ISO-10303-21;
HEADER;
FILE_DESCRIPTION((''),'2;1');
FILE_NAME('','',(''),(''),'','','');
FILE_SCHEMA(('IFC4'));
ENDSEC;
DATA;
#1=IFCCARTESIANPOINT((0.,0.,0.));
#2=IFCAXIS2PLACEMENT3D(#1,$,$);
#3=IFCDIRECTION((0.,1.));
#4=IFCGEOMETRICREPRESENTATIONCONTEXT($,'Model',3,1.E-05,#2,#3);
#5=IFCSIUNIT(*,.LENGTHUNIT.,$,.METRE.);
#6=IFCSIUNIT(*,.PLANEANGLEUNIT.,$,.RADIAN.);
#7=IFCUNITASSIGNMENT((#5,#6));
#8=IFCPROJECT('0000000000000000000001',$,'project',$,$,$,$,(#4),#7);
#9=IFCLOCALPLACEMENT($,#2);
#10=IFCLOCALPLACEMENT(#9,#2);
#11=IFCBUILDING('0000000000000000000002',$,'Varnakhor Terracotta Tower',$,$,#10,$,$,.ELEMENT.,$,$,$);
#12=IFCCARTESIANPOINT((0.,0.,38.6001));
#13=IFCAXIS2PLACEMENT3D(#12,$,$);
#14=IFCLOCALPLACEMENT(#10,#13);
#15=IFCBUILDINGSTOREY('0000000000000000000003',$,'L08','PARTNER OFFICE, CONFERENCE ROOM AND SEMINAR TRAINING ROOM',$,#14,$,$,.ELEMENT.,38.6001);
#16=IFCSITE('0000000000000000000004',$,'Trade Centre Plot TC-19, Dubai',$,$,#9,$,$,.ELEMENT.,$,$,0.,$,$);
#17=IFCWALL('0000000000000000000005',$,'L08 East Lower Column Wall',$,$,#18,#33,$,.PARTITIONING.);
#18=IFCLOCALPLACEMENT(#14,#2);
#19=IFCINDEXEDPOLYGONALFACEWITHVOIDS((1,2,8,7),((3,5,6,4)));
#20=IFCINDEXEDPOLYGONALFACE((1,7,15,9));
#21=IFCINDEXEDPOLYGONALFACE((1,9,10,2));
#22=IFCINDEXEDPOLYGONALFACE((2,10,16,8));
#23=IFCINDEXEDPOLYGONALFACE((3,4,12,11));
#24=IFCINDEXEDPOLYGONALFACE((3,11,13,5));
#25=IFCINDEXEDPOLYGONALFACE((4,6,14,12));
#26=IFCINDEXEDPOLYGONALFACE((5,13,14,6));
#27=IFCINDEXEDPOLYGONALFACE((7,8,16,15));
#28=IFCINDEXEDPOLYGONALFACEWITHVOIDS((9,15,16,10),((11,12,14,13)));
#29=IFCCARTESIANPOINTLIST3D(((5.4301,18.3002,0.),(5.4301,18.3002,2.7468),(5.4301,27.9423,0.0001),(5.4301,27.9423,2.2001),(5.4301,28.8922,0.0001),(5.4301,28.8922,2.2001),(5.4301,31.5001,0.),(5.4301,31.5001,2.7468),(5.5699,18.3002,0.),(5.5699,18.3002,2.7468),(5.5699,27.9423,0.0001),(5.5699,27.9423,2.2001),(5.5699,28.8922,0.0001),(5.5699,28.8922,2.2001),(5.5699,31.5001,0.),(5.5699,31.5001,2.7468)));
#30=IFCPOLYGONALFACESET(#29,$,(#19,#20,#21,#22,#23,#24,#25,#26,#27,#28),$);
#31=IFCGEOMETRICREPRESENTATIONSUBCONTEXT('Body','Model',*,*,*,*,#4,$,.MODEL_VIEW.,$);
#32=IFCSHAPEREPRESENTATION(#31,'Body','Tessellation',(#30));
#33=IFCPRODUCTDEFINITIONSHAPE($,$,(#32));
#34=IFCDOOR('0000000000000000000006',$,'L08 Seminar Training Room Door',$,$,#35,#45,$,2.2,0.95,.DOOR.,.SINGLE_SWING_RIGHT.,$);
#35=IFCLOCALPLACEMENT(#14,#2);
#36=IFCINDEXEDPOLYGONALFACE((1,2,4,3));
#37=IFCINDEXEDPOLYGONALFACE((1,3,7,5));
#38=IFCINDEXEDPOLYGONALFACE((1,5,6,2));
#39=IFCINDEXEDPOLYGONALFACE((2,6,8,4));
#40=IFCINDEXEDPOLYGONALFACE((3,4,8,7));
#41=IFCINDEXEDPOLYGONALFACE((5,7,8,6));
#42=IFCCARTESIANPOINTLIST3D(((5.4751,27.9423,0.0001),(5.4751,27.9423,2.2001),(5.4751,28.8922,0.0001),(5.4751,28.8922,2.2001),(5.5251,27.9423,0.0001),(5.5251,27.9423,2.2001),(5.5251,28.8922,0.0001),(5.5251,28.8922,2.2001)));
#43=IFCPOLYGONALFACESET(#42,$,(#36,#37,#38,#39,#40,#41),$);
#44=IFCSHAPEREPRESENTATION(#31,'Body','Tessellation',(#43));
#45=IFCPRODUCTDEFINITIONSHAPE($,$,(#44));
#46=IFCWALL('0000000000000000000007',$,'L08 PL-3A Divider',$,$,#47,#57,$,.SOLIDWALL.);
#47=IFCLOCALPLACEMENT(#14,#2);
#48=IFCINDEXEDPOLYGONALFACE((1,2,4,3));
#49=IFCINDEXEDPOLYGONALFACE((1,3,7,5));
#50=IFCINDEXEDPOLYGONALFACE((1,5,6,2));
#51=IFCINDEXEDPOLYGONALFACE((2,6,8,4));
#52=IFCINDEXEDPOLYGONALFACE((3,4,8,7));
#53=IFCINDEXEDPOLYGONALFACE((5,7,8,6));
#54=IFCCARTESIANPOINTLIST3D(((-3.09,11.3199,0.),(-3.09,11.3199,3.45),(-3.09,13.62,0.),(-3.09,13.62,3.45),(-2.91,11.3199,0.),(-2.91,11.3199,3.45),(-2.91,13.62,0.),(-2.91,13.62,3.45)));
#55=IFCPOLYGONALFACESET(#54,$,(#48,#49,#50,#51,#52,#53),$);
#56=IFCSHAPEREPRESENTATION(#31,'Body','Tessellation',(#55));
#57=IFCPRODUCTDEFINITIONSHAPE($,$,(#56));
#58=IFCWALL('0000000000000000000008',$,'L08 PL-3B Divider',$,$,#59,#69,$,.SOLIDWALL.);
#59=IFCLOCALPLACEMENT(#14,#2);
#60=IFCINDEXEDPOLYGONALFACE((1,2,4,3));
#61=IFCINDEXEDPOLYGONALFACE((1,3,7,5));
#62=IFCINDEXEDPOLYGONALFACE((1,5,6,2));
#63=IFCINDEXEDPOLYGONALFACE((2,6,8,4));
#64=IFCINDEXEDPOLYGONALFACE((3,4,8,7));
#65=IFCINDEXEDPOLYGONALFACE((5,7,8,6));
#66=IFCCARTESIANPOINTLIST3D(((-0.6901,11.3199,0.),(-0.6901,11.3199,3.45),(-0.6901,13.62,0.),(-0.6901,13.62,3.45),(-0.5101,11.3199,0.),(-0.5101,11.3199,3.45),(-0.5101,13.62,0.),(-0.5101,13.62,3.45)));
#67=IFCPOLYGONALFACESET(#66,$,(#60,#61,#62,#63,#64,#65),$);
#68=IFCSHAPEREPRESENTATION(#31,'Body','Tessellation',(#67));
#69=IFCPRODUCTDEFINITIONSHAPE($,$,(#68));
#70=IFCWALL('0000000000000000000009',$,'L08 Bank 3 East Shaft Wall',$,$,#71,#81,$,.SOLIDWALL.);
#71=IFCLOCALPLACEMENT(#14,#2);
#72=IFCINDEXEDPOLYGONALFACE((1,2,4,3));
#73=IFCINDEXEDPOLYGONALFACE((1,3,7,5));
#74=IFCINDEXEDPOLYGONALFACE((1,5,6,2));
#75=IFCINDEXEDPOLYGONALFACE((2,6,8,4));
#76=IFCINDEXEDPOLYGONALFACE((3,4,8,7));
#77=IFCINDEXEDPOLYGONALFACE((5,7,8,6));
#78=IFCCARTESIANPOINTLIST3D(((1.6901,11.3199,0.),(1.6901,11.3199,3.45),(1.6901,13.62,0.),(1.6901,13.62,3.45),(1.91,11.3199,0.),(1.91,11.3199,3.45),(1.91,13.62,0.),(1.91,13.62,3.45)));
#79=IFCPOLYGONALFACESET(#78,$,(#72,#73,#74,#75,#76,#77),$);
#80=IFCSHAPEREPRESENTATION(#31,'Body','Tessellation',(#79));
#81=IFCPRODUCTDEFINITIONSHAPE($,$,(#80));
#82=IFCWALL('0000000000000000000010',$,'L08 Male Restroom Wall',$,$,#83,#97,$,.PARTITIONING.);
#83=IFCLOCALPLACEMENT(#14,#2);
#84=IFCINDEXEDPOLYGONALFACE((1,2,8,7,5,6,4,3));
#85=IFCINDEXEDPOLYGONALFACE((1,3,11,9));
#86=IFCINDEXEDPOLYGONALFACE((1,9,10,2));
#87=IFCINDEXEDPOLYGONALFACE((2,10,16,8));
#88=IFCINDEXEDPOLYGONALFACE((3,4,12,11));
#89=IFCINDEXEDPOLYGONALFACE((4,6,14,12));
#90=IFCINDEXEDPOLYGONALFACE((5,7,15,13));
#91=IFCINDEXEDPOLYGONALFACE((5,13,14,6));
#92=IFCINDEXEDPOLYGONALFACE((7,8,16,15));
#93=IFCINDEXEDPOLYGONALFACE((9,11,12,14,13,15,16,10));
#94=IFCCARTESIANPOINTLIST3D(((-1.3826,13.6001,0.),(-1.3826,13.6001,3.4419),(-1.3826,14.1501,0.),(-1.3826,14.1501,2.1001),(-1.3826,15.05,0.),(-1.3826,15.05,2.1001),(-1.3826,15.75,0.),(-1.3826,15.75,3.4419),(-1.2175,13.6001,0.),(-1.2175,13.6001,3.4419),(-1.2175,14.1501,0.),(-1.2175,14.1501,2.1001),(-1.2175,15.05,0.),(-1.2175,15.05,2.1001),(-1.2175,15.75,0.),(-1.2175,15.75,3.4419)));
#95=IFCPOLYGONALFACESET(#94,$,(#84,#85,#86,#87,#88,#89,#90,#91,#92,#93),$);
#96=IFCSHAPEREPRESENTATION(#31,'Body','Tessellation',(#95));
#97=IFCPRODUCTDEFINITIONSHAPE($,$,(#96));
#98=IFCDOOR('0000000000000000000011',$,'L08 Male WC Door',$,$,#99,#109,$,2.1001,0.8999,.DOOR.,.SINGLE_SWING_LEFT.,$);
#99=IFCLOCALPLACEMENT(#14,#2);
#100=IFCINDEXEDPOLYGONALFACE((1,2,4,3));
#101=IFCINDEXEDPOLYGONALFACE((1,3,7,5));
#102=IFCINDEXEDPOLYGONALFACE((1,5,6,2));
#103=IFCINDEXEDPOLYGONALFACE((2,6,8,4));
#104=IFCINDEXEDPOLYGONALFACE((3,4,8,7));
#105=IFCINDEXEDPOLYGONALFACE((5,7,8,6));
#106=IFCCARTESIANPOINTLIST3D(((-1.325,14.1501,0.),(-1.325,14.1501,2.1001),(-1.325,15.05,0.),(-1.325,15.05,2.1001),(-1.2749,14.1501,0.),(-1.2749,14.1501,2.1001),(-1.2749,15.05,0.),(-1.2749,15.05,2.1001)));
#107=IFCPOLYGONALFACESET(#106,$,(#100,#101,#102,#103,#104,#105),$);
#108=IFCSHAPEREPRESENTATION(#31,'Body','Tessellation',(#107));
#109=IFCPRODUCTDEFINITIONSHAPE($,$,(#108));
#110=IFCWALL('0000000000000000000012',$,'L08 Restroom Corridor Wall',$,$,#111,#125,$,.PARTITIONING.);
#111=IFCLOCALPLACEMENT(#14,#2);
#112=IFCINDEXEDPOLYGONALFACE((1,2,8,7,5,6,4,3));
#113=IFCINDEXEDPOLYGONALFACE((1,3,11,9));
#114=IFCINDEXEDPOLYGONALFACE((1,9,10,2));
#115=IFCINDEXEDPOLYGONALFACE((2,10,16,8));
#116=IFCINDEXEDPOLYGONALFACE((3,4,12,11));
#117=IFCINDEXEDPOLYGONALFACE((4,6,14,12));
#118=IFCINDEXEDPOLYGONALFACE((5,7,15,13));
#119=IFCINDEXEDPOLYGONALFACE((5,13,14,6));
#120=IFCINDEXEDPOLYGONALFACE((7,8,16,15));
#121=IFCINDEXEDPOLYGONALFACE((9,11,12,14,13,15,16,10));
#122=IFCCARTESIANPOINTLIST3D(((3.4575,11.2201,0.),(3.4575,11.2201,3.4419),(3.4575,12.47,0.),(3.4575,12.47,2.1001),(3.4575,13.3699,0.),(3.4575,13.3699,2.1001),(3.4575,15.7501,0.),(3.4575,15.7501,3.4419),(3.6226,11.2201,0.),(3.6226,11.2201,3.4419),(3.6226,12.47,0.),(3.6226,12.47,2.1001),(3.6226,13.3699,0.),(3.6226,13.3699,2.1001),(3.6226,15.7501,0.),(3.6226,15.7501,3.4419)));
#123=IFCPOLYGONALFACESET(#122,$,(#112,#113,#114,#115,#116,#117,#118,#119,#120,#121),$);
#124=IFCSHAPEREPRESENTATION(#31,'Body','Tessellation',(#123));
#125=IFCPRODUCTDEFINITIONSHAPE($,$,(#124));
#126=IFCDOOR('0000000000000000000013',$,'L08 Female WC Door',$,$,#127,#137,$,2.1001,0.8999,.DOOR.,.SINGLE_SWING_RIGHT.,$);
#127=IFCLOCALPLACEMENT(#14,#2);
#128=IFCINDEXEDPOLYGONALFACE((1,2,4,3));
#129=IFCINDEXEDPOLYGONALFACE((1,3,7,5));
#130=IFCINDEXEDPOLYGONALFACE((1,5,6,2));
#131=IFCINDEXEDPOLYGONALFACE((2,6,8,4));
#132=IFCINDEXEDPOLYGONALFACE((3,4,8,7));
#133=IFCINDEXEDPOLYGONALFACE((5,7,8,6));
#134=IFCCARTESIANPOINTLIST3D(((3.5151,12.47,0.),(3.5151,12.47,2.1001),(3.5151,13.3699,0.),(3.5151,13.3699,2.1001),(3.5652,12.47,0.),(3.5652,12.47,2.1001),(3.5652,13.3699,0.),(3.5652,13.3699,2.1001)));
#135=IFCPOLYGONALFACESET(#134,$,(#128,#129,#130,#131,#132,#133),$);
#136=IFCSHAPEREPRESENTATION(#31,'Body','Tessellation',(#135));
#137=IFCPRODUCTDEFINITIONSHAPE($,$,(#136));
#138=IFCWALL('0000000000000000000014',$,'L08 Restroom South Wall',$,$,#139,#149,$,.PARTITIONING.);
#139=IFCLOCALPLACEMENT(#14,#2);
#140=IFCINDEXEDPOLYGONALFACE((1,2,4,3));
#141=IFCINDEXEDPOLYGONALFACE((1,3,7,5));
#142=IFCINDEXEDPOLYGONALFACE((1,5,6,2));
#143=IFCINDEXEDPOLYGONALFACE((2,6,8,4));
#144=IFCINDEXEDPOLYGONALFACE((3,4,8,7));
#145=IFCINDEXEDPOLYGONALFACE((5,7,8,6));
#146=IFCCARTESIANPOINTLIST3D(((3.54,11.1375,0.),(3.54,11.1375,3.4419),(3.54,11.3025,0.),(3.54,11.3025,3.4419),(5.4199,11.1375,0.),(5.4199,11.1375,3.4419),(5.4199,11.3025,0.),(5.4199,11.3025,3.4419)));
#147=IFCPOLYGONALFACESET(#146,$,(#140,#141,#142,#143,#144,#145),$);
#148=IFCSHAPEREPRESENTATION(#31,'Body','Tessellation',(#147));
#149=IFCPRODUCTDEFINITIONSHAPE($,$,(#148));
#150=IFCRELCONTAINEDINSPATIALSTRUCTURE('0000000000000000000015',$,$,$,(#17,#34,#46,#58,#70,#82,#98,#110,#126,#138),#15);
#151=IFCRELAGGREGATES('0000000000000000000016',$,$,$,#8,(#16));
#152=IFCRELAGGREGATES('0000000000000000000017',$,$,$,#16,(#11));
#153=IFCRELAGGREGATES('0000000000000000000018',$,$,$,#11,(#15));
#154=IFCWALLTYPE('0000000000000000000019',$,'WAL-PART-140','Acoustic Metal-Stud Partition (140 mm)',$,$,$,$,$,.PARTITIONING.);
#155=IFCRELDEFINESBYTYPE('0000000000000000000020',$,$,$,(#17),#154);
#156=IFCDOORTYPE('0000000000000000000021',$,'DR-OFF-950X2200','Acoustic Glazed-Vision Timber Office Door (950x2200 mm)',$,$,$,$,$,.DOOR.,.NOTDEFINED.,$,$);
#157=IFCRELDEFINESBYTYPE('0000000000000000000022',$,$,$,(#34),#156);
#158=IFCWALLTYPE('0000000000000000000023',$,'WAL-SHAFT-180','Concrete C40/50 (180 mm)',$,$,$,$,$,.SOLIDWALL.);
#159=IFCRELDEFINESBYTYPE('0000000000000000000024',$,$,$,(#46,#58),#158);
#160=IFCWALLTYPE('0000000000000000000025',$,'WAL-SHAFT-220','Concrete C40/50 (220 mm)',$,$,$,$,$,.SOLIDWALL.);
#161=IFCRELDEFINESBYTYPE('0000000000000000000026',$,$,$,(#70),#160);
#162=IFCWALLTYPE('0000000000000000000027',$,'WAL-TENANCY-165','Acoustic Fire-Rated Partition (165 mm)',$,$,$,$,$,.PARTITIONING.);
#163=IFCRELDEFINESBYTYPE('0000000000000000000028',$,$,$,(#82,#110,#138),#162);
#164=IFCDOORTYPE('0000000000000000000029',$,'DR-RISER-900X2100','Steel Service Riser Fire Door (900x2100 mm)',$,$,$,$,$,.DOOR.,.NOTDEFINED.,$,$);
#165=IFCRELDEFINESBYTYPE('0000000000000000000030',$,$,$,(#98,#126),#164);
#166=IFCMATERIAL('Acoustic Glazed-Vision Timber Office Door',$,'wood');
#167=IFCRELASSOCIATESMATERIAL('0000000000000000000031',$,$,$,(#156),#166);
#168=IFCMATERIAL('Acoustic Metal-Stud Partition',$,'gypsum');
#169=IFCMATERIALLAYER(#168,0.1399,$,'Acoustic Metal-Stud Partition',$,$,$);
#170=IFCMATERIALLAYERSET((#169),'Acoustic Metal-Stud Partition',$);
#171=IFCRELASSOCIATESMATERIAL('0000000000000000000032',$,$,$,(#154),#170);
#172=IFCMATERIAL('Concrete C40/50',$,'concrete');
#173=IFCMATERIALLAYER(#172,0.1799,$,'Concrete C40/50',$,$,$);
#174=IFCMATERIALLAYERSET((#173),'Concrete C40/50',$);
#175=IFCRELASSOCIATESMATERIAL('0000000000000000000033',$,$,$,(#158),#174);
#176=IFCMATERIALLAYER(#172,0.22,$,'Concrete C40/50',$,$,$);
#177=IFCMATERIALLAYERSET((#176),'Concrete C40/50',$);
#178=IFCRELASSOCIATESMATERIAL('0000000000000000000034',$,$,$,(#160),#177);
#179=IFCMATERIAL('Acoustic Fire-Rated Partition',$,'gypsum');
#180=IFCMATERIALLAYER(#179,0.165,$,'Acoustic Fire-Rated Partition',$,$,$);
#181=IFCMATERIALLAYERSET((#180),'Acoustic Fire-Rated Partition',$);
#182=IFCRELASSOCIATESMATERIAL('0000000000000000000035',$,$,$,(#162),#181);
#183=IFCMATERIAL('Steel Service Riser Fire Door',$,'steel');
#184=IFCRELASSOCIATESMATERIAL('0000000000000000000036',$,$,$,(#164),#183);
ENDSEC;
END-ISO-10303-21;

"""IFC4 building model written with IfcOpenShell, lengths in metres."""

from ifc_helpers import new_model, si_unit, direction, frame, frame_2d, origin, place, context, subcontext, project, spatial, rectangle, extrude, source, transform, mapped, material, layer, layer_set, type_object, type_shapes, element, fill, save


model = new_model("IFC4")

# Units and contexts
model_context = context("Model", 3, precision=1e-05, world=origin(), true_north=direction((0.0, 1.0)))
body_context = subcontext(model_context, "Body", "Model", "MODEL_VIEW")
ifc_project = project(units=[si_unit("LENGTHUNIT", "METRE"), si_unit("PLANEANGLEUNIT", "RADIAN")], contexts=[model_context])

# Site, building, storey
site_placement = place(None, origin())
site = spatial("IfcSite", under=ifc_project, at=site_placement, Name="Trade Centre Plot TC-19, Dubai", CompositionType="ELEMENT", RefElevation=0.0)
building_placement = place(site_placement, origin())
building = spatial("IfcBuilding", under=site, at=building_placement, Name="Varnakhor Terracotta Tower", CompositionType="ELEMENT")
storey_placement = place(building_placement, frame((0.0, 0.0, 38.6001)))
storey = spatial("IfcBuildingStorey", under=building, at=storey_placement, Name="L08", Description="PARTNER OFFICE, CONFERENCE ROOM AND SEMINAR TRAINING ROOM", CompositionType="ELEMENT", Elevation=38.6001)

# Shared definitions
ifc_material_1 = material(Name="Acoustic Glazed-Vision Timber Office Door", Category="wood")
door_type_1 = type_object("IfcDoorType", Name="DR-OFF-950X2200", Description="Acoustic Glazed-Vision Timber Office Door (950x2200 mm)", OperationType="NOTDEFINED", PredefinedType="DOOR", material=ifc_material_1)
shared_shape_1 = source(origin(), body_context, "Body", "SweptSolid", [
    extrude(rectangle(XDim=0.95, YDim=2.2, at=frame_2d((0.4751, 1.1001))), frame((0.0, 0.0249, 0.0), z_axis=(0.0, -1.0, 0.0), x_axis=(1.0, 0.0, 0.0)), (0.0, 0.0, 1.0), 0.05),
])
type_shapes(door_type_1, [shared_shape_1])

# Wall, opening, door
ifc_material_2 = material(Name="Acoustic Metal-Stud Partition", Category="gypsum")
ifc_layer_1 = layer(ifc_material_2, 0.1399, Name="Acoustic Metal-Stud Partition")
ifc_layer_set_1 = layer_set([ifc_layer_1], Name="Acoustic Metal-Stud Partition")
wall_type_1 = type_object("IfcWallType", Name="WAL-PART-140", Description="Acoustic Metal-Stud Partition (140 mm)", PredefinedType="PARTITIONING", material=ifc_layer_set_1)
wall_1_placement = place(storey_placement, frame((5.5, 18.3, 0.0), z_axis=(0.0, 0.0, 1.0), x_axis=(0.0, 1.0, 0.0)))
wall_1 = element("IfcWall", 1, at=wall_1_placement, inside=storey, type_object=wall_type_1, Name="L08 East Lower Column Wall", PredefinedType="PARTITIONING", context=body_context, shape_type="SweptSolid", body=[
    extrude(rectangle(XDim=13.2, YDim=0.1399, at=frame_2d((6.6001, 0.0))), origin(), (0.0, 0.0, 1.0), 2.7468),
])
opening_1_placement = place(wall_1_placement, frame((9.6421, 0.0, 0.0)))
opening_1 = element("IfcOpeningElement", 2, at=opening_1_placement, cuts=wall_1, PredefinedType="OPENING", context=body_context, shape_type="SweptSolid", body=[
    extrude(rectangle(XDim=0.95, YDim=2.2, at=frame_2d((0.4751, 1.1001))), frame((0.0, 0.0801, 0.0), z_axis=(0.0, -1.0, 0.0), x_axis=(1.0, 0.0, 0.0)), (0.0, 0.0, 1.0), 0.1599),
])
door_1_placement = place(opening_1_placement, origin())
door_1 = element("IfcDoor", 3, at=door_1_placement, inside=storey, type_object=door_type_1, Name="L08 Seminar Training Room Door", OperationType="SINGLE_SWING_RIGHT", OverallHeight=2.2, OverallWidth=0.95, PredefinedType="DOOR", context=body_context, shape_type="MappedRepresentation", body=[
    mapped(shared_shape_1, transform((0.0, 0.0, 0.0), scale=1.0)),
])
fill(opening_1, door_1)

# Walls
ifc_material_3 = material(Name="Concrete C40/50", Category="concrete")
ifc_layer_2 = layer(ifc_material_3, 0.1799, Name="Concrete C40/50")
ifc_layer_set_2 = layer_set([ifc_layer_2], Name="Concrete C40/50")
wall_type_2 = type_object("IfcWallType", Name="WAL-SHAFT-180", Description="Concrete C40/50 (180 mm)", PredefinedType="SOLIDWALL", material=ifc_layer_set_2)
for number, where, z_axis, x_axis, name in (
    (4, (-3.0, 11.3201, 0.0), (0.0, 0.0, 1.0), (0.0, 1.0, 0.0), "L08 PL-3A Divider"),
    (5, (-0.6001, 11.3201, 0.0), (0.0, 0.0, 1.0), (0.0, 1.0, 0.0), "L08 PL-3B Divider"),
):
    element("IfcWall", number, at=place(storey_placement, frame(where, z_axis=z_axis, x_axis=x_axis)), inside=storey, type_object=wall_type_2, Name=name, PredefinedType="SOLIDWALL", context=body_context, shape_type="SweptSolid", body=[
        extrude(rectangle(XDim=2.3, YDim=0.1799, at=frame_2d((1.1499, 0.0))), origin(), (0.0, 0.0, 1.0), 3.45),
    ])
ifc_layer_3 = layer(ifc_material_3, 0.22, Name="Concrete C40/50")
ifc_layer_set_3 = layer_set([ifc_layer_3], Name="Concrete C40/50")
wall_type_3 = type_object("IfcWallType", Name="WAL-SHAFT-220", Description="Concrete C40/50 (220 mm)", PredefinedType="SOLIDWALL", material=ifc_layer_set_3)
wall_2_placement = place(storey_placement, frame((1.8, 11.3201, 0.0), z_axis=(0.0, 0.0, 1.0), x_axis=(0.0, 1.0, 0.0)))
element("IfcWall", 6, at=wall_2_placement, inside=storey, type_object=wall_type_3, Name="L08 Bank 3 East Shaft Wall", PredefinedType="SOLIDWALL", context=body_context, shape_type="SweptSolid", body=[
    extrude(rectangle(XDim=2.3, YDim=0.22, at=frame_2d((1.1499, 0.0))), origin(), (0.0, 0.0, 1.0), 3.45),
])

# Walls, openings, doors
ifc_material_4 = material(Name="Acoustic Fire-Rated Partition", Category="gypsum")
ifc_layer_4 = layer(ifc_material_4, 0.165, Name="Acoustic Fire-Rated Partition")
ifc_layer_set_4 = layer_set([ifc_layer_4], Name="Acoustic Fire-Rated Partition")
wall_type_4 = type_object("IfcWallType", Name="WAL-TENANCY-165", Description="Acoustic Fire-Rated Partition (165 mm)", PredefinedType="PARTITIONING", material=ifc_layer_set_4)
wall_3_placement = place(storey_placement, frame((-1.3, 13.6001, 0.0), z_axis=(0.0, 0.0, 1.0), x_axis=(0.0, 1.0, 0.0)))
wall_3 = element("IfcWall", 7, at=wall_3_placement, inside=storey, type_object=wall_type_4, Name="L08 Male Restroom Wall", PredefinedType="PARTITIONING", context=body_context, shape_type="SweptSolid", body=[
    extrude(rectangle(XDim=2.1499, YDim=0.165, at=frame_2d((1.075, 0.0))), origin(), (0.0, 0.0, 1.0), 3.4419),
])
opening_2_placement = place(wall_3_placement, frame((0.55, 0.0, 0.0)))
opening_2 = element("IfcOpeningElement", 8, at=opening_2_placement, cuts=wall_3, PredefinedType="OPENING", context=body_context, shape_type="SweptSolid", body=[
    extrude(rectangle(XDim=0.8999, YDim=2.1001, at=frame_2d((0.45, 1.05))), frame((0.0, 0.0925, 0.0), z_axis=(0.0, -1.0, 0.0), x_axis=(1.0, 0.0, 0.0)), (0.0, 0.0, 1.0), 0.1851),
])
ifc_material_5 = material(Name="Steel Service Riser Fire Door", Category="steel")
door_type_2 = type_object("IfcDoorType", Name="DR-RISER-900X2100", Description="Steel Service Riser Fire Door (900x2100 mm)", OperationType="NOTDEFINED", PredefinedType="DOOR", material=ifc_material_5)
shared_shape_2 = source(origin(), body_context, "Body", "SweptSolid", [
    extrude(rectangle(XDim=0.8999, YDim=2.1001, at=frame_2d((0.45, 1.05))), frame((0.0, 0.0249, 0.0), z_axis=(0.0, -1.0, 0.0), x_axis=(1.0, 0.0, 0.0)), (0.0, 0.0, 1.0), 0.05),
])
type_shapes(door_type_2, [shared_shape_2])
door_2_placement = place(opening_2_placement, origin())
door_2 = element("IfcDoor", 9, at=door_2_placement, inside=storey, type_object=door_type_2, Name="L08 Male WC Door", OperationType="SINGLE_SWING_LEFT", OverallHeight=2.1001, OverallWidth=0.8999, PredefinedType="DOOR", context=body_context, shape_type="MappedRepresentation", body=[
    mapped(shared_shape_2, transform((0.0, 0.0, 0.0), scale=1.0)),
])
fill(opening_2, door_2)
wall_4_placement = place(storey_placement, frame((3.54, 11.22, 0.0), z_axis=(0.0, 0.0, 1.0), x_axis=(0.0, 1.0, 0.0)))
wall_4 = element("IfcWall", 10, at=wall_4_placement, inside=storey, type_object=wall_type_4, Name="L08 Restroom Corridor Wall", PredefinedType="PARTITIONING", context=body_context, shape_type="SweptSolid", body=[
    extrude(rectangle(XDim=4.53, YDim=0.165, at=frame_2d((2.2651, 0.0))), origin(), (0.0, 0.0, 1.0), 3.4419),
])
opening_3_placement = place(wall_4_placement, frame((1.25, 0.0, 0.0)))
opening_3 = element("IfcOpeningElement", 11, at=opening_3_placement, cuts=wall_4, PredefinedType="OPENING", context=body_context, shape_type="SweptSolid", body=[
    extrude(rectangle(XDim=0.8999, YDim=2.1001, at=frame_2d((0.45, 1.05))), frame((0.0, 0.0925, 0.0), z_axis=(0.0, -1.0, 0.0), x_axis=(1.0, 0.0, 0.0)), (0.0, 0.0, 1.0), 0.1851),
])
door_3_placement = place(opening_3_placement, origin())
door_3 = element("IfcDoor", 12, at=door_3_placement, inside=storey, type_object=door_type_2, Name="L08 Female WC Door", OperationType="SINGLE_SWING_RIGHT", OverallHeight=2.1001, OverallWidth=0.8999, PredefinedType="DOOR", context=body_context, shape_type="MappedRepresentation", body=[
    mapped(shared_shape_2, transform((0.0, 0.0, 0.0), scale=1.0)),
])
fill(opening_3, door_3)

# Wall
wall_5_placement = place(storey_placement, frame((3.54, 11.22, 0.0), z_axis=(0.0, 0.0, 1.0), x_axis=(1.0, 0.0, 0.0)))
element("IfcWall", 13, at=wall_5_placement, inside=storey, type_object=wall_type_4, Name="L08 Restroom South Wall", PredefinedType="PARTITIONING", context=body_context, shape_type="SweptSolid", body=[
    extrude(rectangle(XDim=1.8799, YDim=0.165, at=frame_2d((0.9399, 0.0))), origin(), (0.0, 0.0, 1.0), 3.4419),
])

save(model, "model.ifc")
